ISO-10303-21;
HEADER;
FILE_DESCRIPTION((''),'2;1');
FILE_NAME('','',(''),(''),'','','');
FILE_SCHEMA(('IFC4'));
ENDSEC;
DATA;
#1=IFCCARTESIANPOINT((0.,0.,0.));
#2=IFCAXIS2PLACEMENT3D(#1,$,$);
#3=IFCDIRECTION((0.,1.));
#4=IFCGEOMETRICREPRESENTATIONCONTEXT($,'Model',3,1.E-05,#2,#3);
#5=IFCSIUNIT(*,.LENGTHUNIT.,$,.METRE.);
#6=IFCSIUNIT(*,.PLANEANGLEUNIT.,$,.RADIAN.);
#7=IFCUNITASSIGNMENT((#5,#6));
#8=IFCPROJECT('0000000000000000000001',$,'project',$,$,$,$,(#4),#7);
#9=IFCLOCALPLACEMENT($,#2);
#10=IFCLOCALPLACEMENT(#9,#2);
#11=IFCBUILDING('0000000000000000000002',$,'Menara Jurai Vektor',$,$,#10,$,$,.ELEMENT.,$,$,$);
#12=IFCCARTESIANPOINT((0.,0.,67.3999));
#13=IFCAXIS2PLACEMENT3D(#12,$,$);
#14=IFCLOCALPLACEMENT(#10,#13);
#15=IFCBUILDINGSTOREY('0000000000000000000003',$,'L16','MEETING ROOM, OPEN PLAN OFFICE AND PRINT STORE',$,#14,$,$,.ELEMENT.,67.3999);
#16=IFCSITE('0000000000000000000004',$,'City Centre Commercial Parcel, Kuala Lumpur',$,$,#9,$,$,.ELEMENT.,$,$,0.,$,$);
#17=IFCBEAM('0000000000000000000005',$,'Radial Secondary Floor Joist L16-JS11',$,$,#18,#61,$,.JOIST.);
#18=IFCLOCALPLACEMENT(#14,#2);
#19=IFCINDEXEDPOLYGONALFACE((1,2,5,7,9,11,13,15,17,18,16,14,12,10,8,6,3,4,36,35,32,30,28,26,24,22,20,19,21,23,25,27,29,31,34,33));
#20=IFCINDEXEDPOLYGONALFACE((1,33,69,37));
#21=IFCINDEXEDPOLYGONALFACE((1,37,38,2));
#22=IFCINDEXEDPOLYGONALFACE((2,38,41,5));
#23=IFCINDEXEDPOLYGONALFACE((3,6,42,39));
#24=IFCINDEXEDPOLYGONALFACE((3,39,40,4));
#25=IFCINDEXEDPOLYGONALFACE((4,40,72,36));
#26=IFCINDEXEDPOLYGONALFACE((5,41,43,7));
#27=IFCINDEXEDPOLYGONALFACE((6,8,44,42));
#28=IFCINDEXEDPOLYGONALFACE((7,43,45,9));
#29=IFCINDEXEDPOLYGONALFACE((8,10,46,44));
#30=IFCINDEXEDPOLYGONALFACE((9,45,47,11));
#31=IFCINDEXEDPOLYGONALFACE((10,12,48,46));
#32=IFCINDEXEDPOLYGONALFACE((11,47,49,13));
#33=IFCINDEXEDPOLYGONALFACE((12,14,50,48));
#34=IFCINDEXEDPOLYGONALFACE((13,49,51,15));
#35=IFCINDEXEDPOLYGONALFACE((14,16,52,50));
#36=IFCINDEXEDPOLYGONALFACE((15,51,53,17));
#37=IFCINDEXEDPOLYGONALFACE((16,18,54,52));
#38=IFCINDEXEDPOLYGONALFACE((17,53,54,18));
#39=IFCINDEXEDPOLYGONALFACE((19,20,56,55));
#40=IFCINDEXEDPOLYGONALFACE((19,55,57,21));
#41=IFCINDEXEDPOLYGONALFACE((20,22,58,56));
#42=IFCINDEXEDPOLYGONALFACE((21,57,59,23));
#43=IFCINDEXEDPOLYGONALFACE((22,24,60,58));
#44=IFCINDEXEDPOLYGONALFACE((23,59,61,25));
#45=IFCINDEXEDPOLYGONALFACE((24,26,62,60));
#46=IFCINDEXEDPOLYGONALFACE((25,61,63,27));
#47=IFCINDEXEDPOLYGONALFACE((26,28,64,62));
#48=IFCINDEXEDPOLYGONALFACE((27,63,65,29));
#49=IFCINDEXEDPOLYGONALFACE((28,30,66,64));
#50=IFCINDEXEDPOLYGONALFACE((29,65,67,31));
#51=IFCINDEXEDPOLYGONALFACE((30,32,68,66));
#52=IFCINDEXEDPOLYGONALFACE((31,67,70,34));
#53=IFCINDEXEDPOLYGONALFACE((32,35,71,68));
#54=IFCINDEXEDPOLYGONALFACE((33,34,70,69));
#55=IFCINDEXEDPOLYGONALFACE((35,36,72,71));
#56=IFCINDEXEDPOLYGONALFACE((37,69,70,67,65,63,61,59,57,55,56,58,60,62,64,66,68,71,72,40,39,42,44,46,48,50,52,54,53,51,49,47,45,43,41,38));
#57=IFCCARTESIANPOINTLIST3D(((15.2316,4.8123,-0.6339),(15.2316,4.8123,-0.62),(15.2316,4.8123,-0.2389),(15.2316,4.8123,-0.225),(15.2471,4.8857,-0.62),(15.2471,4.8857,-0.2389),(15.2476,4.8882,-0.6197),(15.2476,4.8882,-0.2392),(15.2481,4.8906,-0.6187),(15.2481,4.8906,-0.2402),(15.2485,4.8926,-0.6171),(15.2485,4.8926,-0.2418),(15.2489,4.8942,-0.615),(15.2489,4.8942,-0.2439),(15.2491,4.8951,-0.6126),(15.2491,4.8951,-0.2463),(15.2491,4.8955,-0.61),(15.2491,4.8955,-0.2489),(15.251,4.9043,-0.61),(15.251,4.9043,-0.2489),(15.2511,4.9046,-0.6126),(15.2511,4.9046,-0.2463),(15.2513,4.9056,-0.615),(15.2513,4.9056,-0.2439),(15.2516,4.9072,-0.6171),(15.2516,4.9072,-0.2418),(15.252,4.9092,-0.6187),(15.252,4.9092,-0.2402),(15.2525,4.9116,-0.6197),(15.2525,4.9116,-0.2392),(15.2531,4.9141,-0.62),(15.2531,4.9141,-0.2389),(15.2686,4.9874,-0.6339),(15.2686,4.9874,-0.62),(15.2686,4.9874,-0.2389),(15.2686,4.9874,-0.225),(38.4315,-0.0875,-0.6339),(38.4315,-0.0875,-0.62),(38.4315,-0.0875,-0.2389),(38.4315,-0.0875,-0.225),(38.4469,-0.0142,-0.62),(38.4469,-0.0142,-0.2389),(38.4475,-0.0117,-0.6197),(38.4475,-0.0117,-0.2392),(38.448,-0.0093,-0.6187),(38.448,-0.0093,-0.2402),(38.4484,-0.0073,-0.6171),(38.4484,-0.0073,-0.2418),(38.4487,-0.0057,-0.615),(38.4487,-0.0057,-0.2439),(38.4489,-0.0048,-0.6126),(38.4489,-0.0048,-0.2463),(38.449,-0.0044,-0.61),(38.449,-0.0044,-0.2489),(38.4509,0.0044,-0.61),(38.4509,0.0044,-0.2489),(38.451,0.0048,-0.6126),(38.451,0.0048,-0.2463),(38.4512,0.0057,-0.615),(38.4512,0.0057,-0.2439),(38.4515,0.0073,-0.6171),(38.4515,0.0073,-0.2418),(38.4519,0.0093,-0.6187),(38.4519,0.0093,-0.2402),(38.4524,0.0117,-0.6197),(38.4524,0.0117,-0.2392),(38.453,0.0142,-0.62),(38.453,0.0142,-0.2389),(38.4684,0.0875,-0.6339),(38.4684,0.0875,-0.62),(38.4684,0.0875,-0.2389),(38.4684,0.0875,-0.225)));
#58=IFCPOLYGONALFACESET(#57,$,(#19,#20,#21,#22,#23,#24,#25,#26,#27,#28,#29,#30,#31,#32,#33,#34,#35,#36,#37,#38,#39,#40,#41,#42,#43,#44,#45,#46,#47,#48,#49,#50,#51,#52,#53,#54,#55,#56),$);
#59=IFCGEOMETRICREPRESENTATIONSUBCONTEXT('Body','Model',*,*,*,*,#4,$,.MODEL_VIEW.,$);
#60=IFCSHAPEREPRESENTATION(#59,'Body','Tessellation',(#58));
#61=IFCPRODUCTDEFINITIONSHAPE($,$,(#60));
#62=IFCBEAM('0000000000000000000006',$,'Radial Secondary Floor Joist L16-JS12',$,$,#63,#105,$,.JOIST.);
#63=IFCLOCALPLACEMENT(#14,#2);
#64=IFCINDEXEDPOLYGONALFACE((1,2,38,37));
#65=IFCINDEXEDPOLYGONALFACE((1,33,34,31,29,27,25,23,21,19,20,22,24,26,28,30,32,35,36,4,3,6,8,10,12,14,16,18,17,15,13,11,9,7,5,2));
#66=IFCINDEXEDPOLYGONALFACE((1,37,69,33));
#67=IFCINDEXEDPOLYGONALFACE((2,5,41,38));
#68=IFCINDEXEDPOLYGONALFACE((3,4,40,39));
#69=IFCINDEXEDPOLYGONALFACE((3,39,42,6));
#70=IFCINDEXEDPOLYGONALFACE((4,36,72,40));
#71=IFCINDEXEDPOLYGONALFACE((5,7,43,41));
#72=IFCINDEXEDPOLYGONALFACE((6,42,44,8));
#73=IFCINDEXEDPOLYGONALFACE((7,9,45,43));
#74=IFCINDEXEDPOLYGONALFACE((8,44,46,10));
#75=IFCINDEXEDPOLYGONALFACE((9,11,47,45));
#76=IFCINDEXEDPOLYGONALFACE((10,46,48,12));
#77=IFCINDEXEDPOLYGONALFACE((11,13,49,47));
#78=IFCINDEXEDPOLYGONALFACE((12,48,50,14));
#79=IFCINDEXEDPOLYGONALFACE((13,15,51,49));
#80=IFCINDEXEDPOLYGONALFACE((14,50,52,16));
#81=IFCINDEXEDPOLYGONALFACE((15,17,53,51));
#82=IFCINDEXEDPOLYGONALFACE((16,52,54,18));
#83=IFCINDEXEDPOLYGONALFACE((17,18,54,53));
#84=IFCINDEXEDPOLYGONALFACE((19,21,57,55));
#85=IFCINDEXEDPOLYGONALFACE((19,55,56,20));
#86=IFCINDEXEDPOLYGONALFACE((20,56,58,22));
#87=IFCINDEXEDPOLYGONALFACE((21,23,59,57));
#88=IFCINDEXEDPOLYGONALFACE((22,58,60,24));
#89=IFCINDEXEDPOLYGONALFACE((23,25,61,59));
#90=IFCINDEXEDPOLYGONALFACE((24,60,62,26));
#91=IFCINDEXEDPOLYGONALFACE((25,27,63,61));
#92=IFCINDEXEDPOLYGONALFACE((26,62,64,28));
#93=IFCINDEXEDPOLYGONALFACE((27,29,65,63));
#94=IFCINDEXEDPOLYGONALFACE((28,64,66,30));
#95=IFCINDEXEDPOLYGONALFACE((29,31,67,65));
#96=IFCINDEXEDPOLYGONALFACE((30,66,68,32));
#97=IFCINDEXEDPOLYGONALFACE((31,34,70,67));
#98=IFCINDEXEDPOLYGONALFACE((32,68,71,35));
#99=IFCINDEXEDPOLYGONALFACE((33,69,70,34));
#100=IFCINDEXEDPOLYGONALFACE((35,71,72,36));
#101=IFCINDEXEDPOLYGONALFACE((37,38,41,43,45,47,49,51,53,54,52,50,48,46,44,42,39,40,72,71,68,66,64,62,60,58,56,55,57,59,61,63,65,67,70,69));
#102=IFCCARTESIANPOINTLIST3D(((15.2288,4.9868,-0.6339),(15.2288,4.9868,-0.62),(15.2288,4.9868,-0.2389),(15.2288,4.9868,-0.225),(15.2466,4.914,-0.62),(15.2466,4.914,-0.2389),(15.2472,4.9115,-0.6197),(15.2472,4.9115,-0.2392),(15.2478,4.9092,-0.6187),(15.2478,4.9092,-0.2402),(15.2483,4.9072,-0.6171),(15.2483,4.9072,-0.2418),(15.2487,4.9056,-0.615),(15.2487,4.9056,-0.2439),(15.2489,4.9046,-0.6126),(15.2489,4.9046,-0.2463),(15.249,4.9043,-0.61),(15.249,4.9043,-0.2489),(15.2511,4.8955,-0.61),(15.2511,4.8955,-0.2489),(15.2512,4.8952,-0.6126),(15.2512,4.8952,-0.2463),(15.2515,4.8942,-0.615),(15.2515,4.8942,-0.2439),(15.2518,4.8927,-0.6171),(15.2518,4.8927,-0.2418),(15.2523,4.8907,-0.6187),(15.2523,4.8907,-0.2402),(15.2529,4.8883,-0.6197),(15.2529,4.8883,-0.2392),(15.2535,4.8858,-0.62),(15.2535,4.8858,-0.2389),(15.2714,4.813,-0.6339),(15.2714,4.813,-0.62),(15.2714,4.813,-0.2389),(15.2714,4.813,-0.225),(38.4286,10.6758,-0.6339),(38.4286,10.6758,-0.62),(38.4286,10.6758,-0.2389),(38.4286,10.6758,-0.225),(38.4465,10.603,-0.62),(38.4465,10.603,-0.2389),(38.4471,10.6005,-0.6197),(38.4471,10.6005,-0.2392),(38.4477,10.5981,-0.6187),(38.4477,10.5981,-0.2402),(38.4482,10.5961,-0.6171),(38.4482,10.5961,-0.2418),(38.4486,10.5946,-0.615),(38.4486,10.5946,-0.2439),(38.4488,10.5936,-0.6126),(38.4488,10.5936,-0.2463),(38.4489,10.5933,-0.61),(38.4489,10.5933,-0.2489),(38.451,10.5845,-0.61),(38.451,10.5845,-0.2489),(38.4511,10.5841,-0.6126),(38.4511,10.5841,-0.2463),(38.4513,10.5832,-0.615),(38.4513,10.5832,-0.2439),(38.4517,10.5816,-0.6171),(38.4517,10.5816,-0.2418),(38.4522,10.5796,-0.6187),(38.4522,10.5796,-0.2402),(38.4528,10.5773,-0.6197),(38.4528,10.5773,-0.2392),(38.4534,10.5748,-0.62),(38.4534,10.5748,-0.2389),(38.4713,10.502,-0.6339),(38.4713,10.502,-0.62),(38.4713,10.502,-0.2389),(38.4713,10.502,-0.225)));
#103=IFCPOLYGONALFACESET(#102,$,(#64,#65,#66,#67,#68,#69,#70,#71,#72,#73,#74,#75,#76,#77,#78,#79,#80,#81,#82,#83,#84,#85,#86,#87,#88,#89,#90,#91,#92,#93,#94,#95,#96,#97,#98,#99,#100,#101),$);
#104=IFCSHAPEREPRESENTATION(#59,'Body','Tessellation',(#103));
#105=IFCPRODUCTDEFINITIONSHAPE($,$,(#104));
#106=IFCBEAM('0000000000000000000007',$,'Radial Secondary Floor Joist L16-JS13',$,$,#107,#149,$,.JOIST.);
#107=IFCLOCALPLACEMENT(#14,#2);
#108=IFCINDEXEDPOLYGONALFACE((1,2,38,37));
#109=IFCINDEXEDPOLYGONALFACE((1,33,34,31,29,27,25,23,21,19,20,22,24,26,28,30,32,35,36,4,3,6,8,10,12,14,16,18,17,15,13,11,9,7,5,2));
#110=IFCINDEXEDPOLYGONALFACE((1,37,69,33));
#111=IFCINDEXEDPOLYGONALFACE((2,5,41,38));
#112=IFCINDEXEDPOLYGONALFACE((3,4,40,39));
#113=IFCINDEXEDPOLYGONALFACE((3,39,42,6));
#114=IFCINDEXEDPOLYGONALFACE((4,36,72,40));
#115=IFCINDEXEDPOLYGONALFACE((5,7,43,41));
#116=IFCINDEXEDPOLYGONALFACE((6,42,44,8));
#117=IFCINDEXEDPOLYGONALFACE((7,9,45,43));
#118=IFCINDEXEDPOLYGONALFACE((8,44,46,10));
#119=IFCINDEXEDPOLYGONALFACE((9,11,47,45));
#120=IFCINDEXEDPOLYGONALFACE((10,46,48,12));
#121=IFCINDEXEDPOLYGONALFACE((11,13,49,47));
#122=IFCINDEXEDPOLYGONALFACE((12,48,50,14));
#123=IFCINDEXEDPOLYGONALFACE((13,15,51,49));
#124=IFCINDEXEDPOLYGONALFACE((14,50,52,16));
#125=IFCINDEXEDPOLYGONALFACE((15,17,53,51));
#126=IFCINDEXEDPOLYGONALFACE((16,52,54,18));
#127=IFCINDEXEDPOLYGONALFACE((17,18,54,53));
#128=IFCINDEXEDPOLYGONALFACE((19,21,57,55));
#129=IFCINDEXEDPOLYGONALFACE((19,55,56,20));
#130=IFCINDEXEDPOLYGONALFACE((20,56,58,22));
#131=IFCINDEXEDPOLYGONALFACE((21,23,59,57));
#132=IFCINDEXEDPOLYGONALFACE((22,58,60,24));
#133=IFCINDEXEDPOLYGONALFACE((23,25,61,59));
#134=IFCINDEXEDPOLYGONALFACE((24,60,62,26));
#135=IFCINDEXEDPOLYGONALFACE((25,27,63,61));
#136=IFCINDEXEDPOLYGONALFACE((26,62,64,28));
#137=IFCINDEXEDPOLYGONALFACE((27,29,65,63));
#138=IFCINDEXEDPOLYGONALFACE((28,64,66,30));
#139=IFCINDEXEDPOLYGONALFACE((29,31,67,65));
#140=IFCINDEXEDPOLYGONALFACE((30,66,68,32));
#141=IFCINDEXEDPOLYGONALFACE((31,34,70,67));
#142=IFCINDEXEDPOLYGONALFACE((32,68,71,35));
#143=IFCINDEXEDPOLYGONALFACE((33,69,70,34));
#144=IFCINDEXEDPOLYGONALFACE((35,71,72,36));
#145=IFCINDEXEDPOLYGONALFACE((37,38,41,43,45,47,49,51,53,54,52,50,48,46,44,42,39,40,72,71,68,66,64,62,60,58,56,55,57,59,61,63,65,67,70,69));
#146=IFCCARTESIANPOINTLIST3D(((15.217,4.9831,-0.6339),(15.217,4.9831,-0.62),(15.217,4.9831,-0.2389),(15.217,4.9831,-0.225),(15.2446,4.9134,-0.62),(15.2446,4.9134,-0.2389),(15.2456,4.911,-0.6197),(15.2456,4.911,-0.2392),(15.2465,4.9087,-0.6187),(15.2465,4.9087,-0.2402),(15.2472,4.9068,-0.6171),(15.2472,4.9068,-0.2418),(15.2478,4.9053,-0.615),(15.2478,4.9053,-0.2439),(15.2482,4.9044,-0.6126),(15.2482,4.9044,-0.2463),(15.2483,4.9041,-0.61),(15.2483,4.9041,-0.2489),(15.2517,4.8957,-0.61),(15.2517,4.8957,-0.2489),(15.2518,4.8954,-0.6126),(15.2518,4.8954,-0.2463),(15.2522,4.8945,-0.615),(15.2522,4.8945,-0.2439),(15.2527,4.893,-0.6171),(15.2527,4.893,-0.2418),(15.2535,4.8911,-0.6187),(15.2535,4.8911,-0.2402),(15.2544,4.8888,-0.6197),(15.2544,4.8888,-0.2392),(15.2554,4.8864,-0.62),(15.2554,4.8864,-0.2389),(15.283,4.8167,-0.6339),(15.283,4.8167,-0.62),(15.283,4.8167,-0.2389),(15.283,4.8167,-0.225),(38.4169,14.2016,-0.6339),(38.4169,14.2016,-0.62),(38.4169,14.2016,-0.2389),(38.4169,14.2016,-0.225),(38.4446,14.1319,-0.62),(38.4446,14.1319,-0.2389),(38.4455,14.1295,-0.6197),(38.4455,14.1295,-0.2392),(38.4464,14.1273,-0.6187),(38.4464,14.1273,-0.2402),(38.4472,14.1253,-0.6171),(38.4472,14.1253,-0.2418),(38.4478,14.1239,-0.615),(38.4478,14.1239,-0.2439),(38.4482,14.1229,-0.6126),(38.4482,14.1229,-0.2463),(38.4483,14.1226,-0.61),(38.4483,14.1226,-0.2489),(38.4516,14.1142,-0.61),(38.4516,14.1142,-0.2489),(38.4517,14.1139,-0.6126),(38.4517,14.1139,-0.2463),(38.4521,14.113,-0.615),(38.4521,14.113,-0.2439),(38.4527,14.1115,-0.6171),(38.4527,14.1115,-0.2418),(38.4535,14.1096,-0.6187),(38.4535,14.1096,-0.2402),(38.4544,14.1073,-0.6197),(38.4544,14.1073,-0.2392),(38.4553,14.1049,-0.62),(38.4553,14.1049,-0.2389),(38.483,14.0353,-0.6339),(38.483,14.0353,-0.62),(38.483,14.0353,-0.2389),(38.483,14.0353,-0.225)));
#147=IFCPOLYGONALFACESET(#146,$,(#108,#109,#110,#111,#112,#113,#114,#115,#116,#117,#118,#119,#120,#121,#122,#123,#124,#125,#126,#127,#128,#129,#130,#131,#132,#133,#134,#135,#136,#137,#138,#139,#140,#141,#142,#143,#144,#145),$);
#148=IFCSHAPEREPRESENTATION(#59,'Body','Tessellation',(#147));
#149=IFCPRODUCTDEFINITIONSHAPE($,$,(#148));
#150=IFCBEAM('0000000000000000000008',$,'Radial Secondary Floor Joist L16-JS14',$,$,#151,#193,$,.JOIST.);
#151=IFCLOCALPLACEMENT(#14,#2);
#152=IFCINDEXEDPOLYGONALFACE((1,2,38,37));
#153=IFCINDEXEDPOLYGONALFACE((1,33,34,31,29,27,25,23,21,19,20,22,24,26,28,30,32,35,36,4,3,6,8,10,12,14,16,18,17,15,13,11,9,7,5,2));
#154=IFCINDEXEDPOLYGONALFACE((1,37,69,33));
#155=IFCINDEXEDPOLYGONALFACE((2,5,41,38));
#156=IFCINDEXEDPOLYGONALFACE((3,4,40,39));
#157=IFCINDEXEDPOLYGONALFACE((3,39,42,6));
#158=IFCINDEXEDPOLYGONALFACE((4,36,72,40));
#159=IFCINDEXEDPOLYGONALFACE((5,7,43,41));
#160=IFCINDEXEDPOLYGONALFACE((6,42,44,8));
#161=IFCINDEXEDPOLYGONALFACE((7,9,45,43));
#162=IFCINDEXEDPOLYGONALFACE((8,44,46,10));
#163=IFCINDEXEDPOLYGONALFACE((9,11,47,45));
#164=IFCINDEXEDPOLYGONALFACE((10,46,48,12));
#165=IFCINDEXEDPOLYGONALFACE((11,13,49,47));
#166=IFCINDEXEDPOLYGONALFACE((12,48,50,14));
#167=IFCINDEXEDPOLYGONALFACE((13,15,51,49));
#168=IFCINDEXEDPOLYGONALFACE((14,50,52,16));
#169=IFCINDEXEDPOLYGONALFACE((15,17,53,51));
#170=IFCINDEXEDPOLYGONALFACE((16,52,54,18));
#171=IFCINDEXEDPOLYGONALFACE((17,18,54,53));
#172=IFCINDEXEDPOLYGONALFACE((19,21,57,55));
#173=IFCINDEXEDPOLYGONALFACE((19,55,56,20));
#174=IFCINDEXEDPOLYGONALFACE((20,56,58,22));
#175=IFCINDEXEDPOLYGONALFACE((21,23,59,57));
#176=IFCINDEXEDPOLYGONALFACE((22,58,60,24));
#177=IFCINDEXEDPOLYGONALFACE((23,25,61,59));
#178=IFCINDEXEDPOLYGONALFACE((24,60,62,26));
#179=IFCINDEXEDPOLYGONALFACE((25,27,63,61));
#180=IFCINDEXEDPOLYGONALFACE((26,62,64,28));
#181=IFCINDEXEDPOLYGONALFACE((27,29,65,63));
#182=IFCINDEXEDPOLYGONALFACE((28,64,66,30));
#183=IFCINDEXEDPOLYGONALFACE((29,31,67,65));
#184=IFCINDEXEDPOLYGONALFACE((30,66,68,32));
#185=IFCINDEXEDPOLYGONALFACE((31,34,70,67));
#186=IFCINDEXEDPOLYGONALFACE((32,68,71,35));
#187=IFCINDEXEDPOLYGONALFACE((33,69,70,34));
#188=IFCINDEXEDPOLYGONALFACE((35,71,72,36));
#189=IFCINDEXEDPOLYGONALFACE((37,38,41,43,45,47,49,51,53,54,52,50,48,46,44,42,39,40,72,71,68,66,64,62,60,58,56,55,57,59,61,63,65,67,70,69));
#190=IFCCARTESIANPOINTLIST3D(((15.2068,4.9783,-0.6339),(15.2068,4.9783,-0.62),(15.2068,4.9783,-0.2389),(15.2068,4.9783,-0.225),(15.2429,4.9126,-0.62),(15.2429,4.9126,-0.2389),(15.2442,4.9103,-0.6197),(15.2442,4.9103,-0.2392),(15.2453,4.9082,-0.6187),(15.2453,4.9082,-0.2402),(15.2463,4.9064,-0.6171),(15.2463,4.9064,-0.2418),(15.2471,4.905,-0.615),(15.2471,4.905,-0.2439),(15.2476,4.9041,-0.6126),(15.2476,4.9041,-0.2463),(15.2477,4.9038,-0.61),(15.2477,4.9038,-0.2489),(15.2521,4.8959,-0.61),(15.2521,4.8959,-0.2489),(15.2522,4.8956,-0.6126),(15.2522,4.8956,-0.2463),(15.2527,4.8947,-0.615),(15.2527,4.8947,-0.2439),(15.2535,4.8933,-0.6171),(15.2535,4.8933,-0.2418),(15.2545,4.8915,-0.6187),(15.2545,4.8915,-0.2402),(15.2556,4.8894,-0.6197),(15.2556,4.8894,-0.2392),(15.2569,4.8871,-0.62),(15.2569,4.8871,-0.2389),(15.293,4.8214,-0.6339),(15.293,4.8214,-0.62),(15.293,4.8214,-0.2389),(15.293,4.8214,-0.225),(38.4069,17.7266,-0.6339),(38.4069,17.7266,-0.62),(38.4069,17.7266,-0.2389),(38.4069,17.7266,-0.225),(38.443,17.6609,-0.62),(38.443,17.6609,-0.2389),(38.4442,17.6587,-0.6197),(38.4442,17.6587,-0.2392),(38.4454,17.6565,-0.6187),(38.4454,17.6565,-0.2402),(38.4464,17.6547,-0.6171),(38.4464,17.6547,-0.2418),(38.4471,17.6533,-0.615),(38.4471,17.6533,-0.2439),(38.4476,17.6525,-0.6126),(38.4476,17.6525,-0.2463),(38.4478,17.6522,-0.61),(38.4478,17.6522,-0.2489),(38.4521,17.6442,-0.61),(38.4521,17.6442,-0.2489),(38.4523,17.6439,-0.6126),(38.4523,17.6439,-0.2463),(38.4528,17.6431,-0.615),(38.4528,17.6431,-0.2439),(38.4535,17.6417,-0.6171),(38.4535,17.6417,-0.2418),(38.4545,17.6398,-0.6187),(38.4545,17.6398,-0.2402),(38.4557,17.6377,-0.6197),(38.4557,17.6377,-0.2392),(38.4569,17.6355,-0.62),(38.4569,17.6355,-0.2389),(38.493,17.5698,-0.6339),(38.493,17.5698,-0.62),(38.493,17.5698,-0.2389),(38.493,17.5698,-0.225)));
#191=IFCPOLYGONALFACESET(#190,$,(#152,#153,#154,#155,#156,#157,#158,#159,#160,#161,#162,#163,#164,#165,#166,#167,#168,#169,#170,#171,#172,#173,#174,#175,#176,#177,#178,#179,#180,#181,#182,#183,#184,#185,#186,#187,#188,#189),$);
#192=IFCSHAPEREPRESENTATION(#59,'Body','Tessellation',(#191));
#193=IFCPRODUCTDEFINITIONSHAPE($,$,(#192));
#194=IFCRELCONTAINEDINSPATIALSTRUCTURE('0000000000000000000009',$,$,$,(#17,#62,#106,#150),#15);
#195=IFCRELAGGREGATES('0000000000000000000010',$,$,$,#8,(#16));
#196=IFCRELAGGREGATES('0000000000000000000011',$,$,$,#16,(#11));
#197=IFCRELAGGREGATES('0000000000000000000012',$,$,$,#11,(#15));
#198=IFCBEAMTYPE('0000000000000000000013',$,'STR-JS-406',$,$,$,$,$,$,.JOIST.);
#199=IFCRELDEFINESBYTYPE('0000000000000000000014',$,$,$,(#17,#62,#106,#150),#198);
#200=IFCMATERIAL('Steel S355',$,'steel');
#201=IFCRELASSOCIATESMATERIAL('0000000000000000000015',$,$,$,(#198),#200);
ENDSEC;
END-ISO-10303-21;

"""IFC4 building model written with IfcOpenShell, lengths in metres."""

from ifc_helpers import new_model, si_unit, direction, frame, origin, origin_2d, place, context, subcontext, project, spatial, i_section, extrude, material, material_profile, profile_set, type_object, element, save


model = new_model("IFC4")

# Units and contexts
model_context = context("Model", 3, precision=1e-05, world=origin(), true_north=direction((0.0, 1.0)))
body_context = subcontext(model_context, "Body", "Model", "MODEL_VIEW")
ifc_project = project(units=[si_unit("LENGTHUNIT", "METRE"), si_unit("PLANEANGLEUNIT", "RADIAN")], contexts=[model_context])

# Site, building, storey
site_placement = place(None, origin())
site = spatial("IfcSite", under=ifc_project, at=site_placement, Name="City Centre Commercial Parcel, Kuala Lumpur", CompositionType="ELEMENT", RefElevation=0.0)
building_placement = place(site_placement, origin())
building = spatial("IfcBuilding", under=site, at=building_placement, Name="Menara Jurai Vektor", CompositionType="ELEMENT")
storey_placement = place(building_placement, frame((0.0, 0.0, 67.3999)))
storey = spatial("IfcBuildingStorey", under=building, at=storey_placement, Name="L16", Description="MEETING ROOM, OPEN PLAN OFFICE AND PRINT STORE", CompositionType="ELEMENT", Elevation=67.3999)

# Shared definitions
ifc_material_1 = material(Name="Steel S355", Category="steel")

# Beams
ifc_material_profile_1 = material_profile(ifc_material_1, i_section(OverallWidth=0.179, OverallDepth=0.4089, WebThickness=0.009, FlangeThickness=0.0139, FilletRadius=0.01, at=origin_2d()), Name="UKB 406x178x67")
ifc_profile_set_1 = profile_set([ifc_material_profile_1], Name="Steel S355")
beam_type_1 = type_object("IfcBeamType", Name="STR-JS-406", PredefinedType="JOIST", material=ifc_profile_set_1)
beam_1_placement = place(storey_placement, frame((38.45, 0.0, -0.4294), z_axis=(-0.978416, 0.206645, 0.0), x_axis=(-0.206645, -0.978416, 0.0)))
element("IfcBeam", 1, at=beam_1_placement, inside=storey, type_object=beam_type_1, Name="Radial Secondary Floor Joist L16-JS11", PredefinedType="JOIST", context=body_context, shape_type="SweptSolid", body=[
    extrude(i_section(OverallWidth=0.179, OverallDepth=0.4089, WebThickness=0.009, FlangeThickness=0.0139, FilletRadius=0.01, at=origin_2d()), origin(), (0.0, 0.0, 1.0), 23.7117),
])
beam_2_placement = place(storey_placement, frame((38.45, 10.5889, -0.4294), z_axis=(-0.971226, -0.238159, 0.0), x_axis=(0.238159, -0.971226, 0.0)))
element("IfcBeam", 2, at=beam_2_placement, inside=storey, type_object=beam_type_1, Name="Radial Secondary Floor Joist L16-JS12", PredefinedType="JOIST", context=body_context, shape_type="SweptSolid", body=[
    extrude(i_section(OverallWidth=0.179, OverallDepth=0.4089, WebThickness=0.009, FlangeThickness=0.0139, FilletRadius=0.01, at=origin_2d()), origin(), (0.0, 0.0, 1.0), 23.8872),
])
beam_3_placement = place(storey_placement, frame((38.45, 14.1184, -0.4294), z_axis=(-0.929323, -0.369267, 0.0), x_axis=(0.369267, -0.929323, 0.0)))
element("IfcBeam", 3, at=beam_3_placement, inside=storey, type_object=beam_type_1, Name="Radial Secondary Floor Joist L16-JS13", PredefinedType="JOIST", context=body_context, shape_type="SweptSolid", body=[
    extrude(i_section(OverallWidth=0.179, OverallDepth=0.4089, WebThickness=0.009, FlangeThickness=0.0139, FilletRadius=0.01, at=origin_2d()), origin(), (0.0, 0.0, 1.0), 24.9644),
])
beam_4_placement = place(storey_placement, frame((38.45, 17.6482, -0.4294), z_axis=(-0.876402, -0.48158, 0.0), x_axis=(0.48158, -0.876402, 0.0)))
element("IfcBeam", 4, at=beam_4_placement, inside=storey, type_object=beam_type_1, Name="Radial Secondary Floor Joist L16-JS14", PredefinedType="JOIST", context=body_context, shape_type="SweptSolid", body=[
    extrude(i_section(OverallWidth=0.179, OverallDepth=0.4089, WebThickness=0.009, FlangeThickness=0.0139, FilletRadius=0.01, at=origin_2d()), origin(), (0.0, 0.0, 1.0), 26.4719),
])

save(model, "model.ifc")
